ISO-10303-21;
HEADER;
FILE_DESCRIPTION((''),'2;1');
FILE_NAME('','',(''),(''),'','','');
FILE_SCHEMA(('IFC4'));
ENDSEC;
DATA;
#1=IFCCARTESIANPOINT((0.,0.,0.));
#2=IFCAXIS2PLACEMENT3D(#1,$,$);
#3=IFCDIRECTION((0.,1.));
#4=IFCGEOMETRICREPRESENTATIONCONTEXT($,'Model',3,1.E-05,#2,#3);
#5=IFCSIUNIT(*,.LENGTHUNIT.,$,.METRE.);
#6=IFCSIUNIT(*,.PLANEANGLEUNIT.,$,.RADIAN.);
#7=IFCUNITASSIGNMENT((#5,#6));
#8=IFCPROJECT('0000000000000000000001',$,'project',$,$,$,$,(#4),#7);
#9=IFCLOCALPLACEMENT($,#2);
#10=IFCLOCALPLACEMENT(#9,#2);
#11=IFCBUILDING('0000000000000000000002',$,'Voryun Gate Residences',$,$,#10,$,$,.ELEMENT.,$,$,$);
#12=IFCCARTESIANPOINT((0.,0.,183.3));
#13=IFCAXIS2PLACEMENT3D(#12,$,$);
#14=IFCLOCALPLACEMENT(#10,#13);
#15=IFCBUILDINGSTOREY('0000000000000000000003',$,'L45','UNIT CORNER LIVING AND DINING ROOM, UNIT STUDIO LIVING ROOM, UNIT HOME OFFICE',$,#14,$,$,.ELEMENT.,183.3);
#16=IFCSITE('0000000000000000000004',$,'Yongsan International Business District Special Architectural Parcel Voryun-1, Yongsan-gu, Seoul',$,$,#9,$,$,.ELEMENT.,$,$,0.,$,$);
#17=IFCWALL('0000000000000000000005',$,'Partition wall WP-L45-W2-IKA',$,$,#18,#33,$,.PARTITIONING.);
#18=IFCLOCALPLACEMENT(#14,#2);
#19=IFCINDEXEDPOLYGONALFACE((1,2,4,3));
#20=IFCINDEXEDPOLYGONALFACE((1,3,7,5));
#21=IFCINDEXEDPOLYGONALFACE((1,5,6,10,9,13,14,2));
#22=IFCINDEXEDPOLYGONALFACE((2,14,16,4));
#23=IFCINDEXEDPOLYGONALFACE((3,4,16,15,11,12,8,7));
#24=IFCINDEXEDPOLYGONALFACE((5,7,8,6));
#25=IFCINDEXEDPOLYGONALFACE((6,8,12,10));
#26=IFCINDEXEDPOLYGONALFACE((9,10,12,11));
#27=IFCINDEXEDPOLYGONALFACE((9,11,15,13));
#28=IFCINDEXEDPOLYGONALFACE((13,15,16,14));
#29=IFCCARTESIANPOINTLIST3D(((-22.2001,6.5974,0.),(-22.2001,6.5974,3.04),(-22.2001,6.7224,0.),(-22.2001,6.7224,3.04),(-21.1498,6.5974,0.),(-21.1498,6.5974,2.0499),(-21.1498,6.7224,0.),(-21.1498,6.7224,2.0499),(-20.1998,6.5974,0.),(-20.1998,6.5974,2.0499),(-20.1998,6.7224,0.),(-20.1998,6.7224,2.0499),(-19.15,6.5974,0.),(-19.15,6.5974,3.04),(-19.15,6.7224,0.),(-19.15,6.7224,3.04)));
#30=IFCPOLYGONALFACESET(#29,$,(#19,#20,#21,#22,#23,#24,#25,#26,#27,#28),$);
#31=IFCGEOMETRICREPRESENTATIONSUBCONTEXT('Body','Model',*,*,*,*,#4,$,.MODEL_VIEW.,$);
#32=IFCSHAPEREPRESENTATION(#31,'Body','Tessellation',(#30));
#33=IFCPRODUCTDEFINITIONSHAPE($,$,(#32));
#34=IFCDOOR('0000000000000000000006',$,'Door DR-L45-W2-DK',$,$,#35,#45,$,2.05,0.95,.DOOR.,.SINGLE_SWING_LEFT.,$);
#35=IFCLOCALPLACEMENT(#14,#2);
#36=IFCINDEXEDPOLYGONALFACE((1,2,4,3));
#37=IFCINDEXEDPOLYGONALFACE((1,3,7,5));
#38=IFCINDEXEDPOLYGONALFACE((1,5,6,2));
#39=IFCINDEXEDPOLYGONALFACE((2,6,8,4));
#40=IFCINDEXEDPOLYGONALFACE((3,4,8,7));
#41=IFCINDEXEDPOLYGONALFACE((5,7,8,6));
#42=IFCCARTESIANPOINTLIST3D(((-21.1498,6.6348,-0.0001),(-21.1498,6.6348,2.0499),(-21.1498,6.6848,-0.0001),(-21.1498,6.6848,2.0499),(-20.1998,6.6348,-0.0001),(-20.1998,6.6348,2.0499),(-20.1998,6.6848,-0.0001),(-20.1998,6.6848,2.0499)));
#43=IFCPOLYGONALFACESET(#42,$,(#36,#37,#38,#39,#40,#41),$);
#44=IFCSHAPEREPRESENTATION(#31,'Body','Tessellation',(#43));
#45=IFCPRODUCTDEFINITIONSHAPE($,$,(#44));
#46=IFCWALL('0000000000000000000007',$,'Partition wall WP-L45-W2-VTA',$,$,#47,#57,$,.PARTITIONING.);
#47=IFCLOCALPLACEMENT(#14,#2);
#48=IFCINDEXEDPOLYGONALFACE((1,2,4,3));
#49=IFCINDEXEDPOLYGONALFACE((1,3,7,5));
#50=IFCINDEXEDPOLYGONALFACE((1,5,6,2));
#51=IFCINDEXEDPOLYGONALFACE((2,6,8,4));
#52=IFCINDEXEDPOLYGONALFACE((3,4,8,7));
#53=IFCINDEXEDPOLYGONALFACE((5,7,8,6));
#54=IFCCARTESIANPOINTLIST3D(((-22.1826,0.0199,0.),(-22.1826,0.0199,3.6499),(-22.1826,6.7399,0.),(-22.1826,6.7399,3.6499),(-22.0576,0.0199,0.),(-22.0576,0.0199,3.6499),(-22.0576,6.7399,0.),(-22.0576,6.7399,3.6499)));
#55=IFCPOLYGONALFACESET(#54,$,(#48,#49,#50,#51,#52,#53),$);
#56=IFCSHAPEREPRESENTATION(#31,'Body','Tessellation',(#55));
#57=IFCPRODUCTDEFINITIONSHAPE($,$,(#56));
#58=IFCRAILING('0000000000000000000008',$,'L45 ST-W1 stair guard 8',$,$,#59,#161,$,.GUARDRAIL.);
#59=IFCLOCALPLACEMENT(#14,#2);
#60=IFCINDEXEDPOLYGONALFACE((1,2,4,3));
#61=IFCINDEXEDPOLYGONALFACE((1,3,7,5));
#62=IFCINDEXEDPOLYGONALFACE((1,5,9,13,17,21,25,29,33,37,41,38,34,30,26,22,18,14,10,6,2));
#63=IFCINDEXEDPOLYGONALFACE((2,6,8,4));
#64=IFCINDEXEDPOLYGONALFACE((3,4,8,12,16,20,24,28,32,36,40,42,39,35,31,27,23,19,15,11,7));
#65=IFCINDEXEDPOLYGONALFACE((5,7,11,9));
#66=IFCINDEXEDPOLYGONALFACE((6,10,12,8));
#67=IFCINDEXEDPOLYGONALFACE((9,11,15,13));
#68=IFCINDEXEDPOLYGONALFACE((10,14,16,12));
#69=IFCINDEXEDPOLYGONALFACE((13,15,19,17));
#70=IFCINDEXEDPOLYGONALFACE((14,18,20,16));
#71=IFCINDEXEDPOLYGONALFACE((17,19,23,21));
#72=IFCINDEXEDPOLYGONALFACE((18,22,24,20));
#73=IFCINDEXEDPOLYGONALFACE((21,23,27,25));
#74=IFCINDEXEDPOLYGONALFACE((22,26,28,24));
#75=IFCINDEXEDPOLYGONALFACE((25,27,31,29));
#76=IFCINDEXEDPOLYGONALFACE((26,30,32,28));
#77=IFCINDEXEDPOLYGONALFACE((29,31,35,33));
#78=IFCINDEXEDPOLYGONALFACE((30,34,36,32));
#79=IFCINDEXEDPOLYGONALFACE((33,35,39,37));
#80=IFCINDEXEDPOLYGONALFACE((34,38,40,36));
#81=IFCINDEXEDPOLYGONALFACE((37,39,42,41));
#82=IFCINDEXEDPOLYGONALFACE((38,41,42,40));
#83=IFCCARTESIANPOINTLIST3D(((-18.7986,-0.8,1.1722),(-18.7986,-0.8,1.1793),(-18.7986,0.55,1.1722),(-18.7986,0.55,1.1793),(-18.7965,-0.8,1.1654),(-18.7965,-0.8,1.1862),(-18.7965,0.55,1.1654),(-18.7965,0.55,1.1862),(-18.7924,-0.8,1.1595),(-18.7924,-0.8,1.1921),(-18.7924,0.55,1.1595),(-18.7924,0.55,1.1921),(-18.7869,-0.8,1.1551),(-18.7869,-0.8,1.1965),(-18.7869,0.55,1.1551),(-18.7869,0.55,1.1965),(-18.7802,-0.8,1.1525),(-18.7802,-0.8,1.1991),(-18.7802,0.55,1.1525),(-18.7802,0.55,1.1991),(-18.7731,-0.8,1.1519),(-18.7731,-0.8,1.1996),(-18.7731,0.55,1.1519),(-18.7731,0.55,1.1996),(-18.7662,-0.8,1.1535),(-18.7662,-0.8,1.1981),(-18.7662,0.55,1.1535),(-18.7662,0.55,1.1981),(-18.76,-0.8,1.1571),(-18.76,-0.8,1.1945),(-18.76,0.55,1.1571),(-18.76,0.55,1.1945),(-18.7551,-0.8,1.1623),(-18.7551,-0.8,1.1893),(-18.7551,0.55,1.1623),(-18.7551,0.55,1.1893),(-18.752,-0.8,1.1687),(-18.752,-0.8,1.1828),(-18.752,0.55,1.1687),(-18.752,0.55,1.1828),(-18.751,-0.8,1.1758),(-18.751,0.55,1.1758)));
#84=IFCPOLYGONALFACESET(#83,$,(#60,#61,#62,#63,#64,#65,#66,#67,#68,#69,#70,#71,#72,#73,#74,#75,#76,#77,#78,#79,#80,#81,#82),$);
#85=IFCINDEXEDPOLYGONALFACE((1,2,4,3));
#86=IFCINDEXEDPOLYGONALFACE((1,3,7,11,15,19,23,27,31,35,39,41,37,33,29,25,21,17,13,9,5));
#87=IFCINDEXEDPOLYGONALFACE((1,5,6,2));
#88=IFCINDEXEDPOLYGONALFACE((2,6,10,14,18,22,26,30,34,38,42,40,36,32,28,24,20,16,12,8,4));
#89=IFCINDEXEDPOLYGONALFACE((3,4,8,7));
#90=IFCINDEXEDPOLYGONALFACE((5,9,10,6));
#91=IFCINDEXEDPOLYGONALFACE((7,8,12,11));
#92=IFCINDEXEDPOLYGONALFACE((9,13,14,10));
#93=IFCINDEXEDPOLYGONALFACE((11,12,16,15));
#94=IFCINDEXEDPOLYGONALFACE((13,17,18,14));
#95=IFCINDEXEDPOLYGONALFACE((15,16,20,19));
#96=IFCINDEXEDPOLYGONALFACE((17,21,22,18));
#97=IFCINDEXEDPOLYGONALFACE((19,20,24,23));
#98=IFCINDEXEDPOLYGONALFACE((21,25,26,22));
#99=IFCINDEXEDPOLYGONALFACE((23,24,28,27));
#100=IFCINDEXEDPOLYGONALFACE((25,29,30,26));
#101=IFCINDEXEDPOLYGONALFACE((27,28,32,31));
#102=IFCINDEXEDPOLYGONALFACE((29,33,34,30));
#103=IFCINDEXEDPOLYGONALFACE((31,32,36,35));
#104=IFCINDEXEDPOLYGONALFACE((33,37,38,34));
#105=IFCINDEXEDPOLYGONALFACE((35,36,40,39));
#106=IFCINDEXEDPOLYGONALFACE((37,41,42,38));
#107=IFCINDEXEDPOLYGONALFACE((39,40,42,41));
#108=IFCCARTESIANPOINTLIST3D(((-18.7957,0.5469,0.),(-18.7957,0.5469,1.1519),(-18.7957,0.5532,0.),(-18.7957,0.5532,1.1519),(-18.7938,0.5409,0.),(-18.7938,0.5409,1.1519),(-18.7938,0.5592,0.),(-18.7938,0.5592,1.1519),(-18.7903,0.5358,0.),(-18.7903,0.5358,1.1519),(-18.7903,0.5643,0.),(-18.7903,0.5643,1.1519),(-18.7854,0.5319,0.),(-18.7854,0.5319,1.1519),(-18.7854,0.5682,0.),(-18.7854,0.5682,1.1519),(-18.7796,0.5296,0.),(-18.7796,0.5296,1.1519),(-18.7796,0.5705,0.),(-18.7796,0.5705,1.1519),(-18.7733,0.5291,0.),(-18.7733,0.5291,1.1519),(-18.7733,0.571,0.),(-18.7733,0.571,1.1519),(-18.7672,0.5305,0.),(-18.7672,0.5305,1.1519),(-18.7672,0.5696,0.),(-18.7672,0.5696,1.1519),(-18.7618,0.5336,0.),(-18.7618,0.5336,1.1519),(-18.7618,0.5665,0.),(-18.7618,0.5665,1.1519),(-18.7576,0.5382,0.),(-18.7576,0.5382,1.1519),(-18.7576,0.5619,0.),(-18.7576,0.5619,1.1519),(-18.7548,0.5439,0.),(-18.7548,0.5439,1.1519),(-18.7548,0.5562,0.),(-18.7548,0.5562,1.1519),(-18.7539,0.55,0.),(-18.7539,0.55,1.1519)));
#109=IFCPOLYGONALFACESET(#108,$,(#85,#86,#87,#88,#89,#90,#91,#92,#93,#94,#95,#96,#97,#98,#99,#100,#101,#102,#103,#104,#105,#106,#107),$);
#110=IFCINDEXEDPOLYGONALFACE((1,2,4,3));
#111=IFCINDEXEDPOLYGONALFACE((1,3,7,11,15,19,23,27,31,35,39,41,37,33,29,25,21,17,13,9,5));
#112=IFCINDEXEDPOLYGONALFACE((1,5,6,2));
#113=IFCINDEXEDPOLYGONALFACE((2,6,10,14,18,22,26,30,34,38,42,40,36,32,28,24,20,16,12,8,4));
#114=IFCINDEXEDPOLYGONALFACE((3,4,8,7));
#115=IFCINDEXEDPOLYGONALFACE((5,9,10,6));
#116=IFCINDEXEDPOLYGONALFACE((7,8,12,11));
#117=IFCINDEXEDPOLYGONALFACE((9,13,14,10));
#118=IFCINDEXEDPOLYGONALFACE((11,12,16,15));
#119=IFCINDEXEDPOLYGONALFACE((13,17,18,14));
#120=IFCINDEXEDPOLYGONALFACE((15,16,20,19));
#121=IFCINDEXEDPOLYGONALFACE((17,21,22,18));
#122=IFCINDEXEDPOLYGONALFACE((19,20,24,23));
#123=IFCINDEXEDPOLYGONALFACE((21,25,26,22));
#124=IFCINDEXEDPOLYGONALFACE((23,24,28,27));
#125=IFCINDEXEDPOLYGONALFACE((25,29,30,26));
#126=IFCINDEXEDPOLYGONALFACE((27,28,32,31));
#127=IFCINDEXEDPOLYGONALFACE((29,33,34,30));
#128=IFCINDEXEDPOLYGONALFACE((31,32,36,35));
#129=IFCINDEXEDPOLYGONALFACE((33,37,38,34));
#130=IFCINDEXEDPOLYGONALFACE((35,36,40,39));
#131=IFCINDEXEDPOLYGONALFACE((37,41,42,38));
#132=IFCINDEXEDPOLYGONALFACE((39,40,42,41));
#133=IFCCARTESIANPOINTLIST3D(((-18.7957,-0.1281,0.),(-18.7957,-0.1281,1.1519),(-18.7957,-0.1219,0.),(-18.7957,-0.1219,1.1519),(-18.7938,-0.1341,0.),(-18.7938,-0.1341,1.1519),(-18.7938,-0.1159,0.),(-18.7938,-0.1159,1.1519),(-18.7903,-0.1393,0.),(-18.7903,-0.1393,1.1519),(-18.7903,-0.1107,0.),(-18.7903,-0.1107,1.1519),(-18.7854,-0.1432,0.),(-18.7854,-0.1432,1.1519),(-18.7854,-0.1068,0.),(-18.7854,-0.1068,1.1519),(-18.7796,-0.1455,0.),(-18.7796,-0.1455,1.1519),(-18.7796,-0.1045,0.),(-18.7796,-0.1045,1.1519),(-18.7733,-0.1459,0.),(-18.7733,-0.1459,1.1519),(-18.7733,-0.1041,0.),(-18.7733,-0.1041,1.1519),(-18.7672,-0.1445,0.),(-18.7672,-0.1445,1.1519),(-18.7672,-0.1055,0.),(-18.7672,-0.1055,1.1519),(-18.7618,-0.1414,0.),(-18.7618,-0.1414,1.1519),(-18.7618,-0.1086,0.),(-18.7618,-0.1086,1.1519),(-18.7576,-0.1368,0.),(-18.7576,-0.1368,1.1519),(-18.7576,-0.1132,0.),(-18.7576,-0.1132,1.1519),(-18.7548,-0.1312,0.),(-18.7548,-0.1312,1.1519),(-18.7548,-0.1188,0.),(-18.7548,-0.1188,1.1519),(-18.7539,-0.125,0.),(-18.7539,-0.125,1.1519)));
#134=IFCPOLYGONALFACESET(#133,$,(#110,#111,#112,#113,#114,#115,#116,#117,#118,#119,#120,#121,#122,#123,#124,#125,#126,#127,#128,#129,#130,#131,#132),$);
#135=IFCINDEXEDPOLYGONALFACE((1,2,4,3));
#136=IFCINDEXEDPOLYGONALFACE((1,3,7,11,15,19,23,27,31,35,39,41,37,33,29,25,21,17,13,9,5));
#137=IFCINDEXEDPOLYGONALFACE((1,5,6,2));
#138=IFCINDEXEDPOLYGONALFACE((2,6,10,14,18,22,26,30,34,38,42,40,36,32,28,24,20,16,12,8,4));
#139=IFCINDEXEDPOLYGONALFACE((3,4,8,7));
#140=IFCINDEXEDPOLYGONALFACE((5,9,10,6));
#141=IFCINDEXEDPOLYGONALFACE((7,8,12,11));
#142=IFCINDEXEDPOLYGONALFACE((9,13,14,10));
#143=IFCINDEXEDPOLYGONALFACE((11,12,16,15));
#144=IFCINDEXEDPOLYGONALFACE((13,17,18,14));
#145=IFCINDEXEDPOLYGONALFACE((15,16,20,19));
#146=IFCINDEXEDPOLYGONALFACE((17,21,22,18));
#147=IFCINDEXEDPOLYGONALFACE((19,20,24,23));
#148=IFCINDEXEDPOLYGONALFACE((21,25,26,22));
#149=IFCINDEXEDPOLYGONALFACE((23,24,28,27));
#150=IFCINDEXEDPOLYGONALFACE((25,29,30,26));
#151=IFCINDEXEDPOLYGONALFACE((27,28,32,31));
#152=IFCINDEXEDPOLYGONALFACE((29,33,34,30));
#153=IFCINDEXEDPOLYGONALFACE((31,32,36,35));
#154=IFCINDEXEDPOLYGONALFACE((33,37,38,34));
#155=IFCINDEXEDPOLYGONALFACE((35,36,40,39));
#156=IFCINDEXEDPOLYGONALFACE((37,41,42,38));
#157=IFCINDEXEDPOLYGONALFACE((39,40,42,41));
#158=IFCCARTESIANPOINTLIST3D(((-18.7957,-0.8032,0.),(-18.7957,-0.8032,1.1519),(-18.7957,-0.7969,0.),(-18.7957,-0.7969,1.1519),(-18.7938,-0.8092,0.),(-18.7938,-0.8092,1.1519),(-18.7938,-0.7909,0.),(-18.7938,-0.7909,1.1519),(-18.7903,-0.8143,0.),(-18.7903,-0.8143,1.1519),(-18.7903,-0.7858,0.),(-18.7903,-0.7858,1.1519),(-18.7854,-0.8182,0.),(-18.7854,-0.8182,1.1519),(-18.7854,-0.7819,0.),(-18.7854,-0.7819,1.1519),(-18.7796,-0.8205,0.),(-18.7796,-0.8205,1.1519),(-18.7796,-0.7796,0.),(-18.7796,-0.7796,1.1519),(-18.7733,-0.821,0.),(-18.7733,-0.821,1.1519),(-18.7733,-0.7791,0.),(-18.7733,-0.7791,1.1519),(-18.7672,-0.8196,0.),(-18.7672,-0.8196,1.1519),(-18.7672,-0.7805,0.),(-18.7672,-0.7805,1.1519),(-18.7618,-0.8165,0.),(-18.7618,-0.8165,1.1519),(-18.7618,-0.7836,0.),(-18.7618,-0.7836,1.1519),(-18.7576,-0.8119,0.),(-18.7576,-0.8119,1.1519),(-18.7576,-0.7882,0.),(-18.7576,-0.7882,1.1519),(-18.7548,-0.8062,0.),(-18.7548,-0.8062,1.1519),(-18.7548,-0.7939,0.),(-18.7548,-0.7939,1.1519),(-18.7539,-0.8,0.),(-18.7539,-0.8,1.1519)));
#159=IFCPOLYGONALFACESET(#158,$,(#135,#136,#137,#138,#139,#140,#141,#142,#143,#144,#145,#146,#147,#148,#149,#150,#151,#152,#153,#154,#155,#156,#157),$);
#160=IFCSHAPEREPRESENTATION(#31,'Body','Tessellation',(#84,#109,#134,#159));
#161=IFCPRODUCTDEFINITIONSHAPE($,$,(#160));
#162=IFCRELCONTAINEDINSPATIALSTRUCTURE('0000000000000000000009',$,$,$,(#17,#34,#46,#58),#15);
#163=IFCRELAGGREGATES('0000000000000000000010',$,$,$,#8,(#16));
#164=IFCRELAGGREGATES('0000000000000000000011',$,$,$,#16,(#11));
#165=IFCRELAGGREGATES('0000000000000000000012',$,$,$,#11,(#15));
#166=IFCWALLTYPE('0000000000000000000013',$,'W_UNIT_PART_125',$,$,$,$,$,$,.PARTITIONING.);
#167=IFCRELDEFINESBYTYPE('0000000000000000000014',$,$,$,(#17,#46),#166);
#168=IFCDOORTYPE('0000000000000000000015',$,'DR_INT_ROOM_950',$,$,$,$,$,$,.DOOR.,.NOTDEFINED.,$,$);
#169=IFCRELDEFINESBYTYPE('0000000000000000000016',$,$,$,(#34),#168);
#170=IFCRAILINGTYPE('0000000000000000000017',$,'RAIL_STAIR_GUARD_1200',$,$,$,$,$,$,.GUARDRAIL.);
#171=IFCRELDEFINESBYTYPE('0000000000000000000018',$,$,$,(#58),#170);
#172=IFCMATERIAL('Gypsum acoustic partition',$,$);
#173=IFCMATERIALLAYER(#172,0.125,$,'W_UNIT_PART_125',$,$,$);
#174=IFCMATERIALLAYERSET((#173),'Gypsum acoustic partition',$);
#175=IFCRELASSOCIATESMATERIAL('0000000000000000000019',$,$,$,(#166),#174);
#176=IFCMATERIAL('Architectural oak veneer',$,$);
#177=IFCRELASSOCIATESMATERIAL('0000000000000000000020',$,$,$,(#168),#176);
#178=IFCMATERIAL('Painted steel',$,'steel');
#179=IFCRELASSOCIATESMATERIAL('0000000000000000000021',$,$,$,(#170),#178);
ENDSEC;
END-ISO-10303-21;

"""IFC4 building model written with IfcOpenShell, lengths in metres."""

from ifc_helpers import new_model, si_unit, direction, frame, frame_2d, origin, origin_2d, place, context, subcontext, project, spatial, rectangle, circle, extrude, material, layer, layer_set, type_object, element, fill, save


model = new_model("IFC4")

# Units and contexts
model_context = context("Model", 3, precision=1e-05, world=origin(), true_north=direction((0.0, 1.0)))
body_context = subcontext(model_context, "Body", "Model", "MODEL_VIEW")
ifc_project = project(units=[si_unit("LENGTHUNIT", "METRE"), si_unit("PLANEANGLEUNIT", "RADIAN")], contexts=[model_context])

# Site, building, storey
site_placement = place(None, origin())
site = spatial("IfcSite", under=ifc_project, at=site_placement, Name="Yongsan International Business District Special Architectural Parcel Voryun-1, Yongsan-gu, Seoul", CompositionType="ELEMENT", RefElevation=0.0)
building_placement = place(site_placement, origin())
building = spatial("IfcBuilding", under=site, at=building_placement, Name="Voryun Gate Residences", CompositionType="ELEMENT")
storey_placement = place(building_placement, frame((0.0, 0.0, 183.3)))
storey = spatial("IfcBuildingStorey", under=building, at=storey_placement, Name="L45", Description="UNIT CORNER LIVING AND DINING ROOM, UNIT STUDIO LIVING ROOM, UNIT HOME OFFICE", CompositionType="ELEMENT", Elevation=183.3)

# Shared definitions
ifc_material_1 = material(Name="Gypsum acoustic partition")
ifc_layer_1 = layer(ifc_material_1, 0.125, Name="W_UNIT_PART_125")
ifc_layer_set_1 = layer_set([ifc_layer_1], Name="Gypsum acoustic partition")
wall_type_1 = type_object("IfcWallType", Name="W_UNIT_PART_125", PredefinedType="PARTITIONING", material=ifc_layer_set_1)

# Wall, opening, door
wall_1_placement = place(storey_placement, frame((-22.2, 6.6599, 0.0), z_axis=(0.0, 0.0, 1.0), x_axis=(1.0, 0.0, 0.0)))
wall_1 = element("IfcWall", 1, at=wall_1_placement, inside=storey, type_object=wall_type_1, Name="Partition wall WP-L45-W2-IKA", PredefinedType="PARTITIONING", context=body_context, shape_type="SweptSolid", body=[
    extrude(rectangle(XDim=3.05, YDim=0.125, at=frame_2d((1.5249, 0.0))), origin(), (0.0, 0.0, 1.0), 3.04),
])
opening_1_placement = place(wall_1_placement, frame((1.05, 0.0, 0.0)))
opening_1 = element("IfcOpeningElement", 2, at=opening_1_placement, cuts=wall_1, PredefinedType="OPENING", context=body_context, shape_type="SweptSolid", body=[
    extrude(rectangle(XDim=0.95, YDim=2.05, at=frame_2d((0.4751, 1.0249))), frame((0.0, 0.0725, 0.0), z_axis=(0.0, -1.0, 0.0), x_axis=(1.0, 0.0, 0.0)), (0.0, 0.0, 1.0), 0.145),
])
ifc_material_2 = material(Name="Architectural oak veneer")
door_type_1 = type_object("IfcDoorType", Name="DR_INT_ROOM_950", OperationType="NOTDEFINED", PredefinedType="DOOR", material=ifc_material_2)
door_1_placement = place(opening_1_placement, origin())
door_1 = element("IfcDoor", 3, at=door_1_placement, inside=storey, type_object=door_type_1, Name="Door DR-L45-W2-DK", OperationType="SINGLE_SWING_LEFT", OverallHeight=2.05, OverallWidth=0.95, PredefinedType="DOOR", context=body_context, shape_type="SweptSolid", body=[
    extrude(rectangle(XDim=0.95, YDim=2.05, at=frame_2d((0.4751, 1.0249))), frame((0.0, 0.0249, 0.0), z_axis=(0.0, -1.0, 0.0), x_axis=(1.0, 0.0, 0.0)), (0.0, 0.0, 1.0), 0.05),
])
fill(opening_1, door_1)

# Wall
wall_2_placement = place(storey_placement, frame((-22.1201, 0.02, 0.0), z_axis=(0.0, 0.0, 1.0), x_axis=(0.0, 1.0, 0.0)))
element("IfcWall", 4, at=wall_2_placement, inside=storey, type_object=wall_type_1, Name="Partition wall WP-L45-W2-VTA", PredefinedType="PARTITIONING", context=body_context, shape_type="SweptSolid", body=[
    extrude(rectangle(XDim=6.72, YDim=0.125, at=frame_2d((3.3599, 0.0))), origin(), (0.0, 0.0, 1.0), 3.6499),
])

# Railing
ifc_material_3 = material(Name="Painted steel", Category="steel")
railing_type = type_object("IfcRailingType", Name="RAIL_STAIR_GUARD_1200", PredefinedType="GUARDRAIL", material=ifc_material_3)
railing_1_placement = place(storey_placement, frame((-18.7749, 0.55, 0.0)))
element("IfcRailing", 5, at=railing_1_placement, inside=storey, type_object=railing_type, Name="L45 ST-W1 stair guard 8", PredefinedType="GUARDRAIL", context=body_context, shape_type="SweptSolid", body=[
    extrude(circle(Radius=0.0239, at=origin_2d()), frame((0.0, 0.0, 1.1758), z_axis=(0.0, -1.0, 0.0), x_axis=(1.0, 0.0, 0.0)), (0.0, 0.0, 1.0), 1.3501),
    extrude(circle(Radius=0.021, at=origin_2d()), origin(), (0.0, 0.0, 1.0), 1.1519),
    extrude(circle(Radius=0.021, at=origin_2d()), frame((0.0, -0.675, 0.0)), (0.0, 0.0, 1.0), 1.1519),
    extrude(circle(Radius=0.021, at=origin_2d()), frame((0.0, -1.3501, 0.0)), (0.0, 0.0, 1.0), 1.1519),
])

save(model, "model.ifc")
